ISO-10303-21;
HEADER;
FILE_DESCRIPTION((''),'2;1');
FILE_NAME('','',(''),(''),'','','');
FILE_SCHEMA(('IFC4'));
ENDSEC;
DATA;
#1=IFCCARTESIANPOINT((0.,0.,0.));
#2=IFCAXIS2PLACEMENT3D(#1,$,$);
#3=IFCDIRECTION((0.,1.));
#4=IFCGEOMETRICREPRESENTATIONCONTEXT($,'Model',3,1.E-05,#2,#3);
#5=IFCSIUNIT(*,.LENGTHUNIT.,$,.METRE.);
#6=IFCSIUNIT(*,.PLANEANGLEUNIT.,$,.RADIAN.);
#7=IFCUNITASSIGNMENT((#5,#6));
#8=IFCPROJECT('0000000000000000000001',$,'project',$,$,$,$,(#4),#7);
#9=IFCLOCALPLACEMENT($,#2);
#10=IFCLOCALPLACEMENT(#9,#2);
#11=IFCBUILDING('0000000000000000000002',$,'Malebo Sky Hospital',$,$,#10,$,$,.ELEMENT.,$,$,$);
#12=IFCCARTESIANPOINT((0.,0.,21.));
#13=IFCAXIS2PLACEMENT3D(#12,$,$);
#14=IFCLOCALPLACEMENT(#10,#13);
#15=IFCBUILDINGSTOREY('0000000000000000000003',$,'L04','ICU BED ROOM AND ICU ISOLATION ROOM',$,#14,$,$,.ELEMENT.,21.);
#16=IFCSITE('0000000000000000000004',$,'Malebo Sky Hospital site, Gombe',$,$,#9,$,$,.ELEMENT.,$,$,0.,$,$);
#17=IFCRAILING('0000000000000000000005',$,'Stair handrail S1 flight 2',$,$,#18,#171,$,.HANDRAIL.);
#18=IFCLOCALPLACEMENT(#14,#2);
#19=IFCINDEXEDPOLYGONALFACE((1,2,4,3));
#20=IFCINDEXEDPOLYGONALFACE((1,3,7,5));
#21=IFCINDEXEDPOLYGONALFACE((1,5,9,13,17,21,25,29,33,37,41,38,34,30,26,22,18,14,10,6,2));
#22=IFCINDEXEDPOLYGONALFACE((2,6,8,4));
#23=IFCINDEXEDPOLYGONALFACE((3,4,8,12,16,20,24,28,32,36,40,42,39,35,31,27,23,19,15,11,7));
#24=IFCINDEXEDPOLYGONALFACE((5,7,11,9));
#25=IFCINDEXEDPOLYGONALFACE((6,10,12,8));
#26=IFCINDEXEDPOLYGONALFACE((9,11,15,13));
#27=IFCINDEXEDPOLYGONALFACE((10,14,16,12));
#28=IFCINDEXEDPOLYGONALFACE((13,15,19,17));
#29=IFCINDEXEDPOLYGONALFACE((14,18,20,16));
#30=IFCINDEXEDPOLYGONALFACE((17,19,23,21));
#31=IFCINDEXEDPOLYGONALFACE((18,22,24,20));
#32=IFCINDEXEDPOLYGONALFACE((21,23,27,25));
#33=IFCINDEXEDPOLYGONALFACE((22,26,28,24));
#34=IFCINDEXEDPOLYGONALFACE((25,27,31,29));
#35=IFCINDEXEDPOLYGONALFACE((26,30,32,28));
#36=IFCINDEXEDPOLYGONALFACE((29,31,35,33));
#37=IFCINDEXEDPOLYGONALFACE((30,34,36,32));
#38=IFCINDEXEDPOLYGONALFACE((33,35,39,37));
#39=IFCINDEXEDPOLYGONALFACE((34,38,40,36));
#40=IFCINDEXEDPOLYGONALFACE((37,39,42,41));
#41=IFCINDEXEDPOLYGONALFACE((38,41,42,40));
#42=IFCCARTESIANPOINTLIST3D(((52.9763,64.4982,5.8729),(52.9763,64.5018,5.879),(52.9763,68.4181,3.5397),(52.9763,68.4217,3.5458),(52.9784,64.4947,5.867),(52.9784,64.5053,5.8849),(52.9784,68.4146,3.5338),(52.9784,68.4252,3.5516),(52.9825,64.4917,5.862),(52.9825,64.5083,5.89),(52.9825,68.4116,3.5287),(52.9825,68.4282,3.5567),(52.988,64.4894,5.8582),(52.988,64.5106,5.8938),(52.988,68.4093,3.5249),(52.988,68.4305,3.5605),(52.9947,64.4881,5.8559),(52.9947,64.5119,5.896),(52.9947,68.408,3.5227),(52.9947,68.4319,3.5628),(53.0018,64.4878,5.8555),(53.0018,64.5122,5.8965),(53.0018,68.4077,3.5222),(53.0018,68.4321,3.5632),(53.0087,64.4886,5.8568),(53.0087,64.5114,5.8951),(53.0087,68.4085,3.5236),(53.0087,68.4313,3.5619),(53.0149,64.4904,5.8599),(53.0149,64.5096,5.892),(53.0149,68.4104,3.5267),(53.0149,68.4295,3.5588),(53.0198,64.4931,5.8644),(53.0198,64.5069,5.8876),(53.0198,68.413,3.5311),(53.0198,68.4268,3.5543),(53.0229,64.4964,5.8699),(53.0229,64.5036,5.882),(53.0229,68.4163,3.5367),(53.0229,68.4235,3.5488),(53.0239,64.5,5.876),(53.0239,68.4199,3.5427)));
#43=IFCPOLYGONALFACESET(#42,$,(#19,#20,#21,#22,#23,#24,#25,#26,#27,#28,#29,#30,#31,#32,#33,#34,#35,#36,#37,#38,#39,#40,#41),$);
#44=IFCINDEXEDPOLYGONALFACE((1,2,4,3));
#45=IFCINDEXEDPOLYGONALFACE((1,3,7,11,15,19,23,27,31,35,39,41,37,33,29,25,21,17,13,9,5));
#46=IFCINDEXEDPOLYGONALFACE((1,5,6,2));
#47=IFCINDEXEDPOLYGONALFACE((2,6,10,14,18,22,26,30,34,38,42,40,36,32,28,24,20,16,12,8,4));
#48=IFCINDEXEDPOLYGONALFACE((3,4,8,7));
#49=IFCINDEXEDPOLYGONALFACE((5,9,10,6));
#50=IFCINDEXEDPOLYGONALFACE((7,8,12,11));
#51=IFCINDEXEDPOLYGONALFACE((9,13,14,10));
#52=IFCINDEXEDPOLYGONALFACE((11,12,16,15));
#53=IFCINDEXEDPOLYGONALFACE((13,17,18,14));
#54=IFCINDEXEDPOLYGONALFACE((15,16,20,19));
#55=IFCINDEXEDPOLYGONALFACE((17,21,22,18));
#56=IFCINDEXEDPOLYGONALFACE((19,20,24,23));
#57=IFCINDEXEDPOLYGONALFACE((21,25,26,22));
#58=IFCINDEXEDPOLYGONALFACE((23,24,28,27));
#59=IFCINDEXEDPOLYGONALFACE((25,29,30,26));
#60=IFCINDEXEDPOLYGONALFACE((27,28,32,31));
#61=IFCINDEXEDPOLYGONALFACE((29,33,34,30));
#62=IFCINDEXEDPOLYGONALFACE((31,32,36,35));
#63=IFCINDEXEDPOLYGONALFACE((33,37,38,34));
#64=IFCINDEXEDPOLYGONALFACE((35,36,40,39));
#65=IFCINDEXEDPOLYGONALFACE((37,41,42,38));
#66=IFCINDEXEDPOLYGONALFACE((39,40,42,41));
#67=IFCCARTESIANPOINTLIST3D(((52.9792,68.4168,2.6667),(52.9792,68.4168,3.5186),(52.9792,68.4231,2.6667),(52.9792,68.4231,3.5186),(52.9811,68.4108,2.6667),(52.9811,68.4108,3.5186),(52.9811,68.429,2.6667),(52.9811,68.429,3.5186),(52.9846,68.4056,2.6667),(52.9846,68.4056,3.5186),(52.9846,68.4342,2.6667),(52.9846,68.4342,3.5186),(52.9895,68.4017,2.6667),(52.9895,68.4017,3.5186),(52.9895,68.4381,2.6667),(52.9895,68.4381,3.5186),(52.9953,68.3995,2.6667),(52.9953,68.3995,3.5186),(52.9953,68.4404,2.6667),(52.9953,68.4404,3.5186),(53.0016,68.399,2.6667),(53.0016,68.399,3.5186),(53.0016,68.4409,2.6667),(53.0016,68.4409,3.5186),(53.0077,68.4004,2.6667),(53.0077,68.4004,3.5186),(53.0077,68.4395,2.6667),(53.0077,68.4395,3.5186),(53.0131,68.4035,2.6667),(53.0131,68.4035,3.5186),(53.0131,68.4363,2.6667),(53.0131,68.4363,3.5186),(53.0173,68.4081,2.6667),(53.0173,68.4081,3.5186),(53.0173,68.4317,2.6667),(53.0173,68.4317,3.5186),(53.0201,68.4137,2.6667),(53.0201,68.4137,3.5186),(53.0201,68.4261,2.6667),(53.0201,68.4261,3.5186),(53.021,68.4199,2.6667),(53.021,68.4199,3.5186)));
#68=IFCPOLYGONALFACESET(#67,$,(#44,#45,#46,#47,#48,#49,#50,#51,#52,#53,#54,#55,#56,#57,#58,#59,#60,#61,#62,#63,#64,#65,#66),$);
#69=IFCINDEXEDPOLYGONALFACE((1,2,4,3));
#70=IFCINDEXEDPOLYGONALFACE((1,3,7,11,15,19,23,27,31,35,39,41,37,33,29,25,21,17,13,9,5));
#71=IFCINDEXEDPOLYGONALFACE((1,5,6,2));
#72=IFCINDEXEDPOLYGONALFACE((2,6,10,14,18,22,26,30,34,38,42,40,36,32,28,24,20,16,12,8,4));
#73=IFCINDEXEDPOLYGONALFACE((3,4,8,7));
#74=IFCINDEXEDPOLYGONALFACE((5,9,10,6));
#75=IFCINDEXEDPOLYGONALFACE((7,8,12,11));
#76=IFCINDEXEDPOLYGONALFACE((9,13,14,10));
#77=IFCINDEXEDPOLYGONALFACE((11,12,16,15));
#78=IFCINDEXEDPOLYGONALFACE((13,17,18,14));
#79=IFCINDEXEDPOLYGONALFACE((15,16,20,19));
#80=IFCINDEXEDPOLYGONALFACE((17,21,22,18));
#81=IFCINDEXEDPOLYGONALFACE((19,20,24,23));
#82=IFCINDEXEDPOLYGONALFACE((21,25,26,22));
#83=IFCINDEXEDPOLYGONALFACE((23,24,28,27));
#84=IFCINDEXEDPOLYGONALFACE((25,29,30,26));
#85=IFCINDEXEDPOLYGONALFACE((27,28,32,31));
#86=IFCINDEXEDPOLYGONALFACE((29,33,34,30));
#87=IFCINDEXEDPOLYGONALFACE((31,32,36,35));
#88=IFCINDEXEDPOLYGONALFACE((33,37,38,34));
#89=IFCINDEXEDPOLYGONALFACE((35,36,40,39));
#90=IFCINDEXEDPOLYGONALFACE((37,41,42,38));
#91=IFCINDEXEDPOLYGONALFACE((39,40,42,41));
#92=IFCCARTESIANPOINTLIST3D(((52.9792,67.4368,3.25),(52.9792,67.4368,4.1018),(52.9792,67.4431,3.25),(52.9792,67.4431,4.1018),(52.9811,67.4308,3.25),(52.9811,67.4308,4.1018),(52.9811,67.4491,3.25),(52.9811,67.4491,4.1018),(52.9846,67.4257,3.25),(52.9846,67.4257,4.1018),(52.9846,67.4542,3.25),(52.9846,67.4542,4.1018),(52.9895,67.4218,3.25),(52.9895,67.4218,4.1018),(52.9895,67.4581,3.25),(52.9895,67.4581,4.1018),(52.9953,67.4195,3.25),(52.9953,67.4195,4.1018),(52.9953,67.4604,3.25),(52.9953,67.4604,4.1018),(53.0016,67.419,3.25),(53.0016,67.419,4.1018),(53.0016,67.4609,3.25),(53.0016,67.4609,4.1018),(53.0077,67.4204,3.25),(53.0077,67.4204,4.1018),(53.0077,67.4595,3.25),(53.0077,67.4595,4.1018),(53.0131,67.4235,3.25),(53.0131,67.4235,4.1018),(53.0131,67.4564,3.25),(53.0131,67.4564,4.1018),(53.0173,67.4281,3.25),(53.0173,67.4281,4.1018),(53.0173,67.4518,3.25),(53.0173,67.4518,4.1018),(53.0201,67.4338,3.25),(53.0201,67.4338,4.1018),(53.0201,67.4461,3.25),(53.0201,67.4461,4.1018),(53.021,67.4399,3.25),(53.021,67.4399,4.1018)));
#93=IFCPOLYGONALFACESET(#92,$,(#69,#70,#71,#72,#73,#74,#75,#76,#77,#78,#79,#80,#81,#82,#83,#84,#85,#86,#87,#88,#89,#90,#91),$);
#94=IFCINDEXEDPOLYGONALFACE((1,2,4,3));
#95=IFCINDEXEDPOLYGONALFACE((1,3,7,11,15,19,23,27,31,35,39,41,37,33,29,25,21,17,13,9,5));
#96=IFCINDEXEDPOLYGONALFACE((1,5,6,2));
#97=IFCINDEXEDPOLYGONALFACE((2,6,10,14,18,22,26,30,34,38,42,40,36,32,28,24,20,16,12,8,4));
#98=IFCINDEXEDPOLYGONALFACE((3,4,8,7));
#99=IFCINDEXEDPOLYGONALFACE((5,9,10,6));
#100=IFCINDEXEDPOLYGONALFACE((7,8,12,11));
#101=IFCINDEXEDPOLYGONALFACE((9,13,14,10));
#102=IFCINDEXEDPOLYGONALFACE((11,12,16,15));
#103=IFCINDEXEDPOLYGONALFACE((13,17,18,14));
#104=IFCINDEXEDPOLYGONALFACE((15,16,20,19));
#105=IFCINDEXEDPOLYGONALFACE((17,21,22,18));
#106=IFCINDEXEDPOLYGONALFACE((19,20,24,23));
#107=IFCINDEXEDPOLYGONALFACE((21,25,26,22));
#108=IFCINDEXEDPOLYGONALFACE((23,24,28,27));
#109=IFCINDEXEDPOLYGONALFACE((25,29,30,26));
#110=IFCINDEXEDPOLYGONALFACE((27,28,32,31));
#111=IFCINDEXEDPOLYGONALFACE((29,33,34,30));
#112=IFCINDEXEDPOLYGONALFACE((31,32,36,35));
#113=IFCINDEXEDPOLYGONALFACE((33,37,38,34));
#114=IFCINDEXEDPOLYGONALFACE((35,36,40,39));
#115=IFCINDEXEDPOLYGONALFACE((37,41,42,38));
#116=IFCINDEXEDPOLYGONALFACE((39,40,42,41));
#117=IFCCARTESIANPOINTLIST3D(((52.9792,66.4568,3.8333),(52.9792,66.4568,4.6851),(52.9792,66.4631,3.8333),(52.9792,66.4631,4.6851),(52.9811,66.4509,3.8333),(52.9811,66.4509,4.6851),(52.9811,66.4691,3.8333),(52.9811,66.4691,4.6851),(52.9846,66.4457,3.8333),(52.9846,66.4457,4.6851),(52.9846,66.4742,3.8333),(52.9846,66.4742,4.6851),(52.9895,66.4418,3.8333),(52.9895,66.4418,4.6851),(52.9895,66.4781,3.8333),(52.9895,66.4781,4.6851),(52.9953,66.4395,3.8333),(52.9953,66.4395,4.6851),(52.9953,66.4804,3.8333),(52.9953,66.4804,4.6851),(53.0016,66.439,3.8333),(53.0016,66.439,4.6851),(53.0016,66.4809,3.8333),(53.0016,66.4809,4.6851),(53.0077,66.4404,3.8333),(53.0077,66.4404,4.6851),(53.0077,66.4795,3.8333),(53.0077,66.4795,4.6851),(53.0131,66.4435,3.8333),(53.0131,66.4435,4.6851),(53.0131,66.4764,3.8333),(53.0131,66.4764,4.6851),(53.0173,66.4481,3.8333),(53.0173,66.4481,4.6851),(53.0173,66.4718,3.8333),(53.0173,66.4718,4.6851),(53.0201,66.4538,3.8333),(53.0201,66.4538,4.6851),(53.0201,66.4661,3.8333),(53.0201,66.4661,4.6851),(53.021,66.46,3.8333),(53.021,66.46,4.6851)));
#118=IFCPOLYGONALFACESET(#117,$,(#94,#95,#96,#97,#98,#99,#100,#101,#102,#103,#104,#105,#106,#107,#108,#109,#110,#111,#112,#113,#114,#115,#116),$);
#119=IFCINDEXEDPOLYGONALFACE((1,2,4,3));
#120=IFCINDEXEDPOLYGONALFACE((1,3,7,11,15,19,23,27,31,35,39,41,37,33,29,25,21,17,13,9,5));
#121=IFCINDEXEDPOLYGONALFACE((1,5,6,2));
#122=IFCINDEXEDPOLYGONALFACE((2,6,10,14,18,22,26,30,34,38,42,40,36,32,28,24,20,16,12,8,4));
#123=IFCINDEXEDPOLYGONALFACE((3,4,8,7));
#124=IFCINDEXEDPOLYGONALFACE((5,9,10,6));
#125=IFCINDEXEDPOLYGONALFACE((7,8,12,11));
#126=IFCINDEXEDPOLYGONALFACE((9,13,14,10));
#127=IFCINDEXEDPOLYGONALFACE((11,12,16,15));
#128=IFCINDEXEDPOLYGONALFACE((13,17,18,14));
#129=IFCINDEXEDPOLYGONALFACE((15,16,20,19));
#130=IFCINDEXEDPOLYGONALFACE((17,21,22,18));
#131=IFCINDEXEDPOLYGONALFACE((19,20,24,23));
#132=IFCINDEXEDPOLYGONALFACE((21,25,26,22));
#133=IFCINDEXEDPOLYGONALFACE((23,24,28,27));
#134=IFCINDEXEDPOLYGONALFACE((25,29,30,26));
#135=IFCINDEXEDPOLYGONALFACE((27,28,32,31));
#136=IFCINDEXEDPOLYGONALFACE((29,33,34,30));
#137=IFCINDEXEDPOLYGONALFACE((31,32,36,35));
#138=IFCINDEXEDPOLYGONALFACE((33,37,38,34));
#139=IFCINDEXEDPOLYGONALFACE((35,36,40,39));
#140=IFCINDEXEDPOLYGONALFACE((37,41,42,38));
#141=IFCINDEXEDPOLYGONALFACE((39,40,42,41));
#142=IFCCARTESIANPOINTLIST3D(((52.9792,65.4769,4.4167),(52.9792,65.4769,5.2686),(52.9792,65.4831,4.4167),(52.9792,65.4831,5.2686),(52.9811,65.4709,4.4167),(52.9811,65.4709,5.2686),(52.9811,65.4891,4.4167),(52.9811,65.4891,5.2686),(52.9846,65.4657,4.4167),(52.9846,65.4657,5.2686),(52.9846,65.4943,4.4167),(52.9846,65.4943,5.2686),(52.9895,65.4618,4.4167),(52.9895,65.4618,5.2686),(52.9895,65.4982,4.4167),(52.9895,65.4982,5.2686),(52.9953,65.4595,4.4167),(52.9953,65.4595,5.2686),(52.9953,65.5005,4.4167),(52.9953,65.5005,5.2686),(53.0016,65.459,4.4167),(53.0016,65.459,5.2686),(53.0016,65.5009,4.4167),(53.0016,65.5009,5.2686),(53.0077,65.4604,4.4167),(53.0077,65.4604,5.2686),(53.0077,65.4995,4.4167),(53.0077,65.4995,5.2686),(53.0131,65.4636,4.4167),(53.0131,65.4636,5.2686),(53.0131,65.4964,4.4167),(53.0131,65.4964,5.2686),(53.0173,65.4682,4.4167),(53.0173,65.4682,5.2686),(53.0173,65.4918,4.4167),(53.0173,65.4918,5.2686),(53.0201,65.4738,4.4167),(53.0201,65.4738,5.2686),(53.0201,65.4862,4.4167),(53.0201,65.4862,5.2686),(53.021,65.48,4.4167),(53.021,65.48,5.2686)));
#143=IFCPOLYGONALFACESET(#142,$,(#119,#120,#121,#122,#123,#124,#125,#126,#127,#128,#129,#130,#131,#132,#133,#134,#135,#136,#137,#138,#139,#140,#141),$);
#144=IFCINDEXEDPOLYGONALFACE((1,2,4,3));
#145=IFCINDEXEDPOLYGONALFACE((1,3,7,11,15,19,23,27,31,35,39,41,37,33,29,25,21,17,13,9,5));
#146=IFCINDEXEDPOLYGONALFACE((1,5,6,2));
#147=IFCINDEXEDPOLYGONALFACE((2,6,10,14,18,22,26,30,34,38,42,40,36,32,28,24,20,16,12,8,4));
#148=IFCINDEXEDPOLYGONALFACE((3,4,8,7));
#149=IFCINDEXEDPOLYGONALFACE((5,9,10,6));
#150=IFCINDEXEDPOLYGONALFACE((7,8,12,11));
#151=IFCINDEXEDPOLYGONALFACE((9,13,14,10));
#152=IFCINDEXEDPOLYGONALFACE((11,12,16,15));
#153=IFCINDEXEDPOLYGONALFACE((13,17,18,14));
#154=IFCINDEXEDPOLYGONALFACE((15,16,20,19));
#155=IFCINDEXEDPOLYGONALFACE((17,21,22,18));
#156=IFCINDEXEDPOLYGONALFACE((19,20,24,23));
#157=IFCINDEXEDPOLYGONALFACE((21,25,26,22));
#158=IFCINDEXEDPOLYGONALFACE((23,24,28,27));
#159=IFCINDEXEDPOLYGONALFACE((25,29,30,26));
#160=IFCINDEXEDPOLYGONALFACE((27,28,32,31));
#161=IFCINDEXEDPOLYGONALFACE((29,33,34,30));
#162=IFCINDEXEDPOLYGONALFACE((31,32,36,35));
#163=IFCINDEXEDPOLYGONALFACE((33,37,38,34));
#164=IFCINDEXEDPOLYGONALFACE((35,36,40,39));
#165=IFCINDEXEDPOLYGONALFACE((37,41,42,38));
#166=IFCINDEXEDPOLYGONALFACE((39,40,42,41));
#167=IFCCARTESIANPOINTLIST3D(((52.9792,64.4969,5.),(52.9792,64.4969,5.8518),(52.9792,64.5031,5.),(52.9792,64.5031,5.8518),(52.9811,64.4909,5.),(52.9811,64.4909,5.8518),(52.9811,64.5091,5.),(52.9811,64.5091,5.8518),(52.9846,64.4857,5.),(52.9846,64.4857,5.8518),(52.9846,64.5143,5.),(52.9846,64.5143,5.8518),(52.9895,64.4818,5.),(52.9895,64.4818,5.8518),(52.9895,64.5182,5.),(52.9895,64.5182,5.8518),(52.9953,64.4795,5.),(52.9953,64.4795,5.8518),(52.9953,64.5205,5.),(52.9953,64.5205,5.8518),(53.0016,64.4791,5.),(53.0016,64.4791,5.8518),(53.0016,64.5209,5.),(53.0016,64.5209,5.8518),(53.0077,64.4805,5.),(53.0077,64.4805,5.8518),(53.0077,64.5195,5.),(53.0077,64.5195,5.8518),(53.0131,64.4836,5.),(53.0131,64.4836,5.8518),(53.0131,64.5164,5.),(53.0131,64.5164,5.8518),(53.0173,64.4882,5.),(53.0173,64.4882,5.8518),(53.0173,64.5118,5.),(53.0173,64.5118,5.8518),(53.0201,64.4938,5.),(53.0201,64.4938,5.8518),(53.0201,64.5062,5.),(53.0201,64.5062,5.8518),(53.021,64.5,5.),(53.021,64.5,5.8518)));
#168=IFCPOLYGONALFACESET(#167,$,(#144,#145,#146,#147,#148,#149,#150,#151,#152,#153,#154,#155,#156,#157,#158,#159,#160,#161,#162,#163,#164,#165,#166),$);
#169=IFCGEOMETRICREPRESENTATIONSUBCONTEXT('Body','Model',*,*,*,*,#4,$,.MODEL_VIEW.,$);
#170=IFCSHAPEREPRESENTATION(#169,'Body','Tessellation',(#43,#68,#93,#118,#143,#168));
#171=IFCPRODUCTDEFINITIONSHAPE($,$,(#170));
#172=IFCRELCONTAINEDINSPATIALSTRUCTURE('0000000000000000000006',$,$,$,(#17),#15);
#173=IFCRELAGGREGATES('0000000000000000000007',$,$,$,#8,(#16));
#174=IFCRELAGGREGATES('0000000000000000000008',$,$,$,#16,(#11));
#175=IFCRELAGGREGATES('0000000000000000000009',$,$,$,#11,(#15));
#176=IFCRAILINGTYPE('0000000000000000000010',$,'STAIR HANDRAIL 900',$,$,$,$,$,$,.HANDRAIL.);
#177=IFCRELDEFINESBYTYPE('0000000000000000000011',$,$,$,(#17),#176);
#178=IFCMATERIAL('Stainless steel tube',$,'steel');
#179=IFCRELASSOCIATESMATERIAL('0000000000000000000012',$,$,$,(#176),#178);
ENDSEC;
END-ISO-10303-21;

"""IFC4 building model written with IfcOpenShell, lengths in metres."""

from ifc_helpers import new_model, si_unit, direction, frame, origin, origin_2d, place, context, subcontext, project, spatial, circle, extrude, material, type_object, element, save


model = new_model("IFC4")

# Units and contexts
model_context = context("Model", 3, precision=1e-05, world=origin(), true_north=direction((0.0, 1.0)))
body_context = subcontext(model_context, "Body", "Model", "MODEL_VIEW")
ifc_project = project(units=[si_unit("LENGTHUNIT", "METRE"), si_unit("PLANEANGLEUNIT", "RADIAN")], contexts=[model_context])

# Site, building, storey
site_placement = place(None, origin())
site = spatial("IfcSite", under=ifc_project, at=site_placement, Name="Malebo Sky Hospital site, Gombe", CompositionType="ELEMENT", RefElevation=0.0)
building_placement = place(site_placement, origin())
building = spatial("IfcBuilding", under=site, at=building_placement, Name="Malebo Sky Hospital", CompositionType="ELEMENT")
storey_placement = place(building_placement, frame((0.0, 0.0, 21.0)))
storey = spatial("IfcBuildingStorey", under=building, at=storey_placement, Name="L04", Description="ICU BED ROOM AND ICU ISOLATION ROOM", CompositionType="ELEMENT", Elevation=21.0)

# Railing
ifc_material_1 = material(Name="Stainless steel tube", Category="steel")
railing_type = type_object("IfcRailingType", Name="STAIR HANDRAIL 900", PredefinedType="HANDRAIL", material=ifc_material_1)
railing_1_placement = place(storey_placement, frame((53.0, 68.4199, 2.6667)))
element("IfcRailing", 1, at=railing_1_placement, inside=storey, type_object=railing_type, Name="Stair handrail S1 flight 2", PredefinedType="HANDRAIL", context=body_context, shape_type="SweptSolid", body=[
    extrude(circle(Radius=0.0239, at=origin_2d()), frame((0.0, 0.0, 0.876), z_axis=(0.0, -0.859296, 0.511478), x_axis=(1.0, 0.0, 0.0)), (0.0, 0.0, 1.0), 4.5618),
    extrude(circle(Radius=0.021, at=origin_2d()), origin(), (0.0, 0.0, 1.0), 0.8518),
    extrude(circle(Radius=0.021, at=origin_2d()), frame((0.0, -0.98, 0.5833)), (0.0, 0.0, 1.0), 0.8518),
    extrude(circle(Radius=0.021, at=origin_2d()), frame((0.0, -1.96, 1.1665)), (0.0, 0.0, 1.0), 0.8518),
    extrude(circle(Radius=0.021, at=origin_2d()), frame((0.0, -2.9399, 1.75)), (0.0, 0.0, 1.0), 0.8518),
    extrude(circle(Radius=0.021, at=origin_2d()), frame((0.0, -3.9199, 2.3333)), (0.0, 0.0, 1.0), 0.8518),
])

save(model, "model.ifc")
